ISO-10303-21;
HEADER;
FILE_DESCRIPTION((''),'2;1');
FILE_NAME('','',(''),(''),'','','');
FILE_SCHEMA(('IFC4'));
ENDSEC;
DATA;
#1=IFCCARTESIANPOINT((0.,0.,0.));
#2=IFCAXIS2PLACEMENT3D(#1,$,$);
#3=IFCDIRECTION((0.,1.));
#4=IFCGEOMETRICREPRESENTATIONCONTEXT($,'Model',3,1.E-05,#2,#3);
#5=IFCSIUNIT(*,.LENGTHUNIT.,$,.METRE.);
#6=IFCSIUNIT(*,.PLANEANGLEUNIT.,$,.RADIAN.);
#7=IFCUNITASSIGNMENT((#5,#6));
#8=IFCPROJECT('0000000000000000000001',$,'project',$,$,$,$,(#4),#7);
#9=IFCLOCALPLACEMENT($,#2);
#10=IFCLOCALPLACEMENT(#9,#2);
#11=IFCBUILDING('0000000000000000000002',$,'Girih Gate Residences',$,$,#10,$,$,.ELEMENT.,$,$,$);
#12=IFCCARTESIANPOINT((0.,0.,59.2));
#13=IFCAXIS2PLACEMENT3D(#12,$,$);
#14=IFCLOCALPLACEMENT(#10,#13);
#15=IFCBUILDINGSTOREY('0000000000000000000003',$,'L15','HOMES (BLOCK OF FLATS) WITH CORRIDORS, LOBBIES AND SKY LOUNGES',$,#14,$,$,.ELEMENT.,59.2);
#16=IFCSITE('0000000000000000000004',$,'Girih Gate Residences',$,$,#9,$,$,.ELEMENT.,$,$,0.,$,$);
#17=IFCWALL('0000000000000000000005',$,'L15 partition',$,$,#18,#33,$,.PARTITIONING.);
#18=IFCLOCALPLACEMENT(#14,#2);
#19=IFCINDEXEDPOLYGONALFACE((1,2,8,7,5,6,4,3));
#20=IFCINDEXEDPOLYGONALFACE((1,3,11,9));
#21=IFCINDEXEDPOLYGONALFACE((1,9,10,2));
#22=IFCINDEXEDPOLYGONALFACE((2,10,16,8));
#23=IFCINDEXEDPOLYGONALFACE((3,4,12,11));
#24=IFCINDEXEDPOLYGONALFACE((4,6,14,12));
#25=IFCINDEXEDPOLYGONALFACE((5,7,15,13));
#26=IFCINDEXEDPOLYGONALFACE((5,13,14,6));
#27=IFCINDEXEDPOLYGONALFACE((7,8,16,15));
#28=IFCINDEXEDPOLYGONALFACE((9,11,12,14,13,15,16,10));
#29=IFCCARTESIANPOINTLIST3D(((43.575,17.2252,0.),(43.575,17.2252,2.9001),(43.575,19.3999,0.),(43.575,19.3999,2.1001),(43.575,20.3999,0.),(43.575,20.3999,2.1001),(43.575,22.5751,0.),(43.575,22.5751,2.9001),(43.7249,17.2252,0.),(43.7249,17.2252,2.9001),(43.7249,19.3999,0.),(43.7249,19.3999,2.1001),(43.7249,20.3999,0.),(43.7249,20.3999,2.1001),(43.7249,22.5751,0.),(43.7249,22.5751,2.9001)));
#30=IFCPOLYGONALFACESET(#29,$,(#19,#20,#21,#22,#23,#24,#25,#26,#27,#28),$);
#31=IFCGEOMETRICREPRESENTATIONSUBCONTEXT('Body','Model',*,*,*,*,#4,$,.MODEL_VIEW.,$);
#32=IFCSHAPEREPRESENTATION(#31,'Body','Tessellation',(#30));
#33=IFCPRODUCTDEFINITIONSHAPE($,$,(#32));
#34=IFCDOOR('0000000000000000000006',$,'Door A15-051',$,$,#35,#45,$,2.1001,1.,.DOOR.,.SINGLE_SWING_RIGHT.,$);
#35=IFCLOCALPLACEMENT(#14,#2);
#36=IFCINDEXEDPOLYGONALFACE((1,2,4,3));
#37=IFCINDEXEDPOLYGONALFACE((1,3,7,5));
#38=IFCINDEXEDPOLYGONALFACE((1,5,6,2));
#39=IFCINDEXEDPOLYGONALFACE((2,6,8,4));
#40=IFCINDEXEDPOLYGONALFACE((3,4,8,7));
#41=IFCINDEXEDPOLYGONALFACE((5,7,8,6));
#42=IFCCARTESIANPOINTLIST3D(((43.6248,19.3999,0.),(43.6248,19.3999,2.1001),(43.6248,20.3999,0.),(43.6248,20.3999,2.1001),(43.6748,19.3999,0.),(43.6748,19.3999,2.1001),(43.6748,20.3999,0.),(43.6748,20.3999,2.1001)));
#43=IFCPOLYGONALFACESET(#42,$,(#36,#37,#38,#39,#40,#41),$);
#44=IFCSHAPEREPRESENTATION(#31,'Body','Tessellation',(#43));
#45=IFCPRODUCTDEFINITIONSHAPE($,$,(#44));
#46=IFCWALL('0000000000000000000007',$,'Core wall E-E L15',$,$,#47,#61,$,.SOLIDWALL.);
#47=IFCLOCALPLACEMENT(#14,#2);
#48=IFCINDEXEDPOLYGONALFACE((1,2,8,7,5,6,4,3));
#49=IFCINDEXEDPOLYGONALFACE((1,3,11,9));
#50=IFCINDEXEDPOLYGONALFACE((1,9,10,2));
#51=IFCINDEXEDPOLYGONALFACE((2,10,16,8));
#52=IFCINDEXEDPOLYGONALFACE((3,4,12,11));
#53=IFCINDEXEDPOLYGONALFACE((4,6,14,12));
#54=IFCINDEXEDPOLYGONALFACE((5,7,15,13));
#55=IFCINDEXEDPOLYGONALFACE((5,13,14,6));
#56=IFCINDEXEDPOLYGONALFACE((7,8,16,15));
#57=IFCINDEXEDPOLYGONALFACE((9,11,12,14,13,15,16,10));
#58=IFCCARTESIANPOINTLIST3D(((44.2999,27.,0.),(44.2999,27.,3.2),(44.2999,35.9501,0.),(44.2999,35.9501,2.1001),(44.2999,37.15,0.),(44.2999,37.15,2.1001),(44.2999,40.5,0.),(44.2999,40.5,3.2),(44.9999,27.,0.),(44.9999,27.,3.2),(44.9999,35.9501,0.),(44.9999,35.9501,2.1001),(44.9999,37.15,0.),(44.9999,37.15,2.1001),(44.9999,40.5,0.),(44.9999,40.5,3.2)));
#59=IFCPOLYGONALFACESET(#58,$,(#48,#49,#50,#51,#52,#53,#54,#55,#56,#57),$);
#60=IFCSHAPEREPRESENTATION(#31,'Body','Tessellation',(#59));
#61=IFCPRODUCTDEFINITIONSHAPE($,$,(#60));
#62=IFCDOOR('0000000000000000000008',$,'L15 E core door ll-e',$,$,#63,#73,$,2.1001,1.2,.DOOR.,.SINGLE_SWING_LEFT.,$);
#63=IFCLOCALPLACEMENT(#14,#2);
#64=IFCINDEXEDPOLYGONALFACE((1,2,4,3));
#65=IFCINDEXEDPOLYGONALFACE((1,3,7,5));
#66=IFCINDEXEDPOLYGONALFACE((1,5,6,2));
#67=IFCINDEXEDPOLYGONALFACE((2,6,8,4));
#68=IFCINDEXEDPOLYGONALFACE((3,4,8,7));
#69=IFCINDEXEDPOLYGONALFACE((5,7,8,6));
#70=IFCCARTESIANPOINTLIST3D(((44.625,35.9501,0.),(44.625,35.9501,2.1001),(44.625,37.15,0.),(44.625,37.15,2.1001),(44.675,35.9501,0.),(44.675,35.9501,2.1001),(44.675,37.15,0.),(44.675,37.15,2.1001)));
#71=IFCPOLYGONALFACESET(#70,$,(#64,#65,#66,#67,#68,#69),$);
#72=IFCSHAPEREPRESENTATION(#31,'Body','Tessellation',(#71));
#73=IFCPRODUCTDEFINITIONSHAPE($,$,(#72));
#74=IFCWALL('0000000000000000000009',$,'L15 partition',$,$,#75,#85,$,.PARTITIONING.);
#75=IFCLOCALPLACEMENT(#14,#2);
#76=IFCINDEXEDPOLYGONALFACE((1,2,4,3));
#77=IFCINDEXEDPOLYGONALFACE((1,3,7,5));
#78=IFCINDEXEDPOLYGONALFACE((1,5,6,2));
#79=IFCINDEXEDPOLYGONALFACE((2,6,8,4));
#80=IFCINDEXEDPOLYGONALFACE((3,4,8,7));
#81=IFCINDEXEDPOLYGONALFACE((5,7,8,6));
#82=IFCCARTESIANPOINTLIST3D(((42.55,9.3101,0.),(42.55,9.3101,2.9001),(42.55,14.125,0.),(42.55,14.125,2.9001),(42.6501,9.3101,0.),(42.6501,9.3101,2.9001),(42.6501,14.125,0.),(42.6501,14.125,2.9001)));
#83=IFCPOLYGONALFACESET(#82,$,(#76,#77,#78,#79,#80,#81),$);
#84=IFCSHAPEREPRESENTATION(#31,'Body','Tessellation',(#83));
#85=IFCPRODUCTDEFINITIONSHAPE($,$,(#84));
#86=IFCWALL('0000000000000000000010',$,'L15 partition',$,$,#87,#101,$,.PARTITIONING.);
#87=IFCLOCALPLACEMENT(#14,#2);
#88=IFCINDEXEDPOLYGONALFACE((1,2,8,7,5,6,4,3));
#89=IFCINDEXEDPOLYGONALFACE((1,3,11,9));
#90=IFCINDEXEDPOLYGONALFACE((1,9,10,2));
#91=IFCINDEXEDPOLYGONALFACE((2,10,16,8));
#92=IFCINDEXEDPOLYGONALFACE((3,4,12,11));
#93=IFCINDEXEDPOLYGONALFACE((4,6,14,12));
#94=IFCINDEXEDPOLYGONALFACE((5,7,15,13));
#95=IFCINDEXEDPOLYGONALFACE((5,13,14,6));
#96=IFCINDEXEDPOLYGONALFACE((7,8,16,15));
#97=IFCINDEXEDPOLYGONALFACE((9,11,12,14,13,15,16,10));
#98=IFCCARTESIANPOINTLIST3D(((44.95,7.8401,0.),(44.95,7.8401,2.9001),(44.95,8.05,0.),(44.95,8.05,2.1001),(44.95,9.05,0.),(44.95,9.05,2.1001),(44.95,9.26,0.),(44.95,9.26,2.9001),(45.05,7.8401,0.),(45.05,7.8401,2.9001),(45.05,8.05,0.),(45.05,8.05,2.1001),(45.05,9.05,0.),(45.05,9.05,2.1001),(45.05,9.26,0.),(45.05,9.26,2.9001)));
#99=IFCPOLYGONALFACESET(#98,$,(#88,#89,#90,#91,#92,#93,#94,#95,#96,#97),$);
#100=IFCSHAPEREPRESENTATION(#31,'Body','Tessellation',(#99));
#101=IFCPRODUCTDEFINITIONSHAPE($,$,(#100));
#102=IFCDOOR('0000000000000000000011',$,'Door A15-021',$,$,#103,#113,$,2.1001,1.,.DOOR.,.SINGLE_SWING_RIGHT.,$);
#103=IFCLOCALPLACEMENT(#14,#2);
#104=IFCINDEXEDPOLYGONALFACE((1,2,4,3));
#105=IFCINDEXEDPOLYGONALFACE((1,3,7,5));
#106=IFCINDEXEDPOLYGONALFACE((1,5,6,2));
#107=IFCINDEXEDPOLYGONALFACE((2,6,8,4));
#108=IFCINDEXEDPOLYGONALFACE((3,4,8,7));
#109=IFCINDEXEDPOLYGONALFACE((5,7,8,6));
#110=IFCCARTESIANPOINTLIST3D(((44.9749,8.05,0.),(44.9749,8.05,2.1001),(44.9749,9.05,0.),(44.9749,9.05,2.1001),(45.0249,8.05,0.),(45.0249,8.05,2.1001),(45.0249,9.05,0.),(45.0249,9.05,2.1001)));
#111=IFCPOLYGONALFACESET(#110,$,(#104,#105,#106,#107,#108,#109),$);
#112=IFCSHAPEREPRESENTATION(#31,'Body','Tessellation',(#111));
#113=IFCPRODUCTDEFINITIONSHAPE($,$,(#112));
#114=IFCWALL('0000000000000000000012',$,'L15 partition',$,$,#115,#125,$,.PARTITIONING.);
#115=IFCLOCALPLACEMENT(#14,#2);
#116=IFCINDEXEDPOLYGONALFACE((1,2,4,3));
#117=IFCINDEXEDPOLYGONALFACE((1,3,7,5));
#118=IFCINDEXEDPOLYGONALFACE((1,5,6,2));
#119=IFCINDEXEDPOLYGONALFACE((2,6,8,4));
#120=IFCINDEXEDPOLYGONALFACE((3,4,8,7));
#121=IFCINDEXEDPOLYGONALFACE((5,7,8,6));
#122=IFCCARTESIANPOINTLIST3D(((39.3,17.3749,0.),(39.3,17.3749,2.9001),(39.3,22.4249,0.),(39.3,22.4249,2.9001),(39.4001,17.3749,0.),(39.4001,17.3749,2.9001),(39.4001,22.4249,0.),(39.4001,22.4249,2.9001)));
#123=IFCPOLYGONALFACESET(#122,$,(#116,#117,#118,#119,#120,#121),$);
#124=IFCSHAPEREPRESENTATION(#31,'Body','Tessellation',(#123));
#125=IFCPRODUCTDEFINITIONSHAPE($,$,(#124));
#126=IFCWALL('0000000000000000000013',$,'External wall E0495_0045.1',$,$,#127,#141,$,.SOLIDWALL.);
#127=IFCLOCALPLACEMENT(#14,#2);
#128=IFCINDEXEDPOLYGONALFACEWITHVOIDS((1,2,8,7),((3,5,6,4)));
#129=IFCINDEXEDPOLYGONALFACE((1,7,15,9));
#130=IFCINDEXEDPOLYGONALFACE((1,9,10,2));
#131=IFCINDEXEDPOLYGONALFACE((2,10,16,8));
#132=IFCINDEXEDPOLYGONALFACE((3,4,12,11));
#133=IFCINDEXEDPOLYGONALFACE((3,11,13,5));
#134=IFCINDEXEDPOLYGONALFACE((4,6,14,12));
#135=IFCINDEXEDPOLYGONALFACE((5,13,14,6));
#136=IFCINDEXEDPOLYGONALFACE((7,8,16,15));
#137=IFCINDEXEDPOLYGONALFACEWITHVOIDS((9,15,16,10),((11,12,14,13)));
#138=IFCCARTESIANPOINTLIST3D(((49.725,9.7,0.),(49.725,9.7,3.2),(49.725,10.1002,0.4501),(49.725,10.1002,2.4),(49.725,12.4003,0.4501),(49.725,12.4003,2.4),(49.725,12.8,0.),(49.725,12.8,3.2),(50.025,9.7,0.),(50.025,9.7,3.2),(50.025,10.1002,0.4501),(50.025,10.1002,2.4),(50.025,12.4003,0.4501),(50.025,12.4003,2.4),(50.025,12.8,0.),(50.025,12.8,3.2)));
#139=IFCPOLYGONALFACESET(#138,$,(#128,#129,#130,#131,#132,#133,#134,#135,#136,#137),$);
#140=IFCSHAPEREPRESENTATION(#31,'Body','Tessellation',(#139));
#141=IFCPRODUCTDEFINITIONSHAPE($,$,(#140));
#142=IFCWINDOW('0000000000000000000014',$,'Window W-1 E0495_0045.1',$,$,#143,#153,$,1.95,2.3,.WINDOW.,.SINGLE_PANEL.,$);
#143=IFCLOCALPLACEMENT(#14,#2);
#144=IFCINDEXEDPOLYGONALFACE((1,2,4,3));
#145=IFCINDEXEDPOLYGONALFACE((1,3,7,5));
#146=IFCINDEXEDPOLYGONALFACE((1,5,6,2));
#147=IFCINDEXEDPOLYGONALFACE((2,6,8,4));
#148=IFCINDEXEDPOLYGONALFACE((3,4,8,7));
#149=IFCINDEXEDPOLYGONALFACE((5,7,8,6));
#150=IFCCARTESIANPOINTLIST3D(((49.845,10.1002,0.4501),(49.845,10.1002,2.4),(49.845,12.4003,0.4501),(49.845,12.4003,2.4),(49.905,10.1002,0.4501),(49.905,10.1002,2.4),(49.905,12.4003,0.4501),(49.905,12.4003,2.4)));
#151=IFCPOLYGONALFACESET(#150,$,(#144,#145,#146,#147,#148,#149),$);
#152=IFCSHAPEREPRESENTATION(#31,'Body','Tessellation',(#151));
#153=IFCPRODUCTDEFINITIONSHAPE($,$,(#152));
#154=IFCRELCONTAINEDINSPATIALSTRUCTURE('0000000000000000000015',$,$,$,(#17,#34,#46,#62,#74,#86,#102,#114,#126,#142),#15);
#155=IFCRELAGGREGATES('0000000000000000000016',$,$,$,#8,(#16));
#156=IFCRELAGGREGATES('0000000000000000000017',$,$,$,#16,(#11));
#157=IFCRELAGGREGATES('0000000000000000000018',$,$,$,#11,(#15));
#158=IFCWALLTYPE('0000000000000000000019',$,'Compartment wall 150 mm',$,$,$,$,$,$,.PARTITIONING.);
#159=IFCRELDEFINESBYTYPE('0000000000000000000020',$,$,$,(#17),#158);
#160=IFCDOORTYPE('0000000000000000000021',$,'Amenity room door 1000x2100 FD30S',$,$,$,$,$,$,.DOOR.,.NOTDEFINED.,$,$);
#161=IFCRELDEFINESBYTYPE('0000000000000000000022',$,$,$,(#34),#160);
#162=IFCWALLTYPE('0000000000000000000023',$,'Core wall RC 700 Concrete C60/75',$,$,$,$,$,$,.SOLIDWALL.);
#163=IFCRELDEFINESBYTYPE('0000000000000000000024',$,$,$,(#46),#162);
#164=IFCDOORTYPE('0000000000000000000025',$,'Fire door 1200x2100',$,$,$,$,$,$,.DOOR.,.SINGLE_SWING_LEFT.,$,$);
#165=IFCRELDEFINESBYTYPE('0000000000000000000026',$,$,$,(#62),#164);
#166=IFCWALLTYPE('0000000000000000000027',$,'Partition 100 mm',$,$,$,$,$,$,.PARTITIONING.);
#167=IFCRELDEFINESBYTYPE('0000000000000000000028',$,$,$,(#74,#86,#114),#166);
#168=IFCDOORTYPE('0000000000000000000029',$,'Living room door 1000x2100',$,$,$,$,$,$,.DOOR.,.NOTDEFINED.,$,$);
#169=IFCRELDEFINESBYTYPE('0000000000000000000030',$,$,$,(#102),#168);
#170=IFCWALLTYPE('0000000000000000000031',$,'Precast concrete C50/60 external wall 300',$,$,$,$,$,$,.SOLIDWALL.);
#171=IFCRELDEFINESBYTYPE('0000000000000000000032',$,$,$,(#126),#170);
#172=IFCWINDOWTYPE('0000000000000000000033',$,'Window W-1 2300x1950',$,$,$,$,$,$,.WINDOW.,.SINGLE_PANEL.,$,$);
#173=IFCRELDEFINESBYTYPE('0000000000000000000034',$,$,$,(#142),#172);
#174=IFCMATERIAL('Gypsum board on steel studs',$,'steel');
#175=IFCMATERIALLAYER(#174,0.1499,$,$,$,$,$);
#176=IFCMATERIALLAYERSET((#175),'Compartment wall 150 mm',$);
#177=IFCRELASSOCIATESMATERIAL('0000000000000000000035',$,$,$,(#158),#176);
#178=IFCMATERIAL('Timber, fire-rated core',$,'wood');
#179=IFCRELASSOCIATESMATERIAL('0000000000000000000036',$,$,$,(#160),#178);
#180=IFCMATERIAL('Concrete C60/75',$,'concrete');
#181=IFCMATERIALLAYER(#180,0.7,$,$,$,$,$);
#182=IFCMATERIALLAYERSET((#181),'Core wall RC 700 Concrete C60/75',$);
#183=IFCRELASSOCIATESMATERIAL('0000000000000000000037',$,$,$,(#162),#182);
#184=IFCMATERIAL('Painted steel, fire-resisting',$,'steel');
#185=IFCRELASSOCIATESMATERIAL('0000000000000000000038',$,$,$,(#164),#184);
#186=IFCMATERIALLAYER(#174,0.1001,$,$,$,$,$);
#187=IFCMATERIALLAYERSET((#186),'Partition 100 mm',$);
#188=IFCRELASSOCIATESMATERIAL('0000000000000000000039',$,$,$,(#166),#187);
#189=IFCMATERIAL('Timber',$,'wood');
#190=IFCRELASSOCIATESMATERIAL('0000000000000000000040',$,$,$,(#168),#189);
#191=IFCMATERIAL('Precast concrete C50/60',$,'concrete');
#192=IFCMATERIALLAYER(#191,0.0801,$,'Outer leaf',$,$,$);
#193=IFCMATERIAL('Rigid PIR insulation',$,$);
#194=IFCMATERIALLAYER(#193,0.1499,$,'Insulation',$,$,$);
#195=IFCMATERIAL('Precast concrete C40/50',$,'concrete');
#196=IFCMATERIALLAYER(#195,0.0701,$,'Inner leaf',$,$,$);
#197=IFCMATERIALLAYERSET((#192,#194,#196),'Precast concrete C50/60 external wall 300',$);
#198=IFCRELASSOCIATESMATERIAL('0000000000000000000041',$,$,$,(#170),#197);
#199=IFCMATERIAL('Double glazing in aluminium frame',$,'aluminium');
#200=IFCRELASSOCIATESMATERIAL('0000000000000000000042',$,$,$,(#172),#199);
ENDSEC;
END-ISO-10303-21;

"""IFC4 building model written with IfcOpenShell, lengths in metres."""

from ifc_helpers import new_model, si_unit, direction, frame, frame_2d, origin, place, context, subcontext, project, spatial, rectangle, extrude, material, layer, layer_set, type_object, element, fill, save


model = new_model("IFC4")

# Units and contexts
model_context = context("Model", 3, precision=1e-05, world=origin(), true_north=direction((0.0, 1.0)))
body_context = subcontext(model_context, "Body", "Model", "MODEL_VIEW")
ifc_project = project(units=[si_unit("LENGTHUNIT", "METRE"), si_unit("PLANEANGLEUNIT", "RADIAN")], contexts=[model_context])

# Site, building, storey
site_placement = place(None, origin())
site = spatial("IfcSite", under=ifc_project, at=site_placement, Name="Girih Gate Residences", CompositionType="ELEMENT", RefElevation=0.0)
building_placement = place(site_placement, origin())
building = spatial("IfcBuilding", under=site, at=building_placement, Name="Girih Gate Residences", CompositionType="ELEMENT")
storey_placement = place(building_placement, frame((0.0, 0.0, 59.2)))
storey = spatial("IfcBuildingStorey", under=building, at=storey_placement, Name="L15", Description="HOMES (BLOCK OF FLATS) WITH CORRIDORS, LOBBIES AND SKY LOUNGES", CompositionType="ELEMENT", Elevation=59.2)

# Shared definitions
ifc_material_1 = material(Name="Concrete C60/75", Category="concrete")

# Shared definitions
ifc_material_2 = material(Name="Gypsum board on steel studs", Category="steel")
ifc_layer_1 = layer(ifc_material_2, 0.1499)
ifc_layer_set_1 = layer_set([ifc_layer_1], Name="Compartment wall 150 mm")
wall_type_1 = type_object("IfcWallType", Name="Compartment wall 150 mm", PredefinedType="PARTITIONING", material=ifc_layer_set_1)
ifc_material_3 = material(Name="Timber, fire-rated core", Category="wood")

# Walls, openings, doors
wall_1_placement = place(storey_placement, frame((43.6499, 22.575, 0.0), z_axis=(0.0, 0.0, 1.0), x_axis=(0.0, -1.0, 0.0)))
wall_1 = element("IfcWall", 1, at=wall_1_placement, inside=storey, type_object=wall_type_1, Name="L15 partition", PredefinedType="PARTITIONING", context=body_context, shape_type="SweptSolid", body=[
    extrude(rectangle(XDim=5.3499, YDim=0.1499, at=frame_2d((2.6748, 0.0))), origin(), (0.0, 0.0, 1.0), 2.9001),
])
opening_1_placement = place(wall_1_placement, frame((2.175, 0.0, 0.0)))
opening_1 = element("IfcOpeningElement", 2, at=opening_1_placement, cuts=wall_1, PredefinedType="OPENING", context=body_context, shape_type="SweptSolid", body=[
    extrude(rectangle(XDim=1.0, YDim=2.1001, at=frame_2d((0.5, 1.05))), frame((0.0, 0.085, 0.0), z_axis=(0.0, -1.0, 0.0), x_axis=(1.0, 0.0, 0.0)), (0.0, 0.0, 1.0), 0.1699),
])
door_type_1 = type_object("IfcDoorType", Name="Amenity room door 1000x2100 FD30S", OperationType="NOTDEFINED", PredefinedType="DOOR", material=ifc_material_3)
door_1_placement = place(opening_1_placement, origin())
door_1 = element("IfcDoor", 3, at=door_1_placement, inside=storey, type_object=door_type_1, Name="Door A15-051", OperationType="SINGLE_SWING_RIGHT", OverallHeight=2.1001, OverallWidth=1.0, PredefinedType="DOOR", context=body_context, shape_type="SweptSolid", body=[
    extrude(rectangle(XDim=1.0, YDim=2.1001, at=frame_2d((0.5, 1.05))), frame((0.0, 0.0249, 0.0), z_axis=(0.0, -1.0, 0.0), x_axis=(1.0, 0.0, 0.0)), (0.0, 0.0, 1.0), 0.05),
])
fill(opening_1, door_1)
ifc_layer_2 = layer(ifc_material_1, 0.7)
ifc_layer_set_2 = layer_set([ifc_layer_2], Name="Core wall RC 700 Concrete C60/75")
wall_type_2 = type_object("IfcWallType", Name="Core wall RC 700 Concrete C60/75", PredefinedType="SOLIDWALL", material=ifc_layer_set_2)
wall_2_placement = place(storey_placement, frame((44.6499, 27.0, 0.0), z_axis=(0.0, 0.0, 1.0), x_axis=(0.0, 1.0, 0.0)))
wall_2 = element("IfcWall", 4, at=wall_2_placement, inside=storey, type_object=wall_type_2, Name="Core wall E-E L15", PredefinedType="SOLIDWALL", context=body_context, shape_type="SweptSolid", body=[
    extrude(rectangle(XDim=13.5, YDim=0.7, at=frame_2d((6.75, 0.0))), origin(), (0.0, 0.0, 1.0), 3.2),
])
opening_2_placement = place(wall_2_placement, frame((8.95, 0.0, 0.0)))
opening_2 = element("IfcOpeningElement", 5, at=opening_2_placement, cuts=wall_2, PredefinedType="OPENING", context=body_context, shape_type="SweptSolid", body=[
    extrude(rectangle(XDim=1.2, YDim=2.1001, at=frame_2d((0.6001, 1.05))), frame((0.0, 0.3599, 0.0), z_axis=(0.0, -1.0, 0.0), x_axis=(1.0, 0.0, 0.0)), (0.0, 0.0, 1.0), 0.72),
])
ifc_material_4 = material(Name="Painted steel, fire-resisting", Category="steel")
door_type_2 = type_object("IfcDoorType", Name="Fire door 1200x2100", OperationType="SINGLE_SWING_LEFT", PredefinedType="DOOR", material=ifc_material_4)
door_2_placement = place(opening_2_placement, origin())
door_2 = element("IfcDoor", 6, at=door_2_placement, inside=storey, type_object=door_type_2, Name="L15 E core door ll-e", OperationType="SINGLE_SWING_LEFT", OverallHeight=2.1001, OverallWidth=1.2, PredefinedType="DOOR", context=body_context, shape_type="SweptSolid", body=[
    extrude(rectangle(XDim=1.2, YDim=2.1001, at=frame_2d((0.6001, 1.05))), frame((0.0, 0.0249, 0.0), z_axis=(0.0, -1.0, 0.0), x_axis=(1.0, 0.0, 0.0)), (0.0, 0.0, 1.0), 0.05),
])
fill(opening_2, door_2)

# Wall
ifc_layer_3 = layer(ifc_material_2, 0.1001)
ifc_layer_set_3 = layer_set([ifc_layer_3], Name="Partition 100 mm")
wall_type_3 = type_object("IfcWallType", Name="Partition 100 mm", PredefinedType="PARTITIONING", material=ifc_layer_set_3)
wall_3_placement = place(storey_placement, frame((42.6001, 9.3101, 0.0), z_axis=(0.0, 0.0, 1.0), x_axis=(0.0, 1.0, 0.0)))
element("IfcWall", 7, at=wall_3_placement, inside=storey, type_object=wall_type_3, Name="L15 partition", PredefinedType="PARTITIONING", context=body_context, shape_type="SweptSolid", body=[
    extrude(rectangle(XDim=4.8149, YDim=0.1001, at=frame_2d((2.4075, 0.0))), origin(), (0.0, 0.0, 1.0), 2.9001),
])

# Wall, opening, door
wall_4_placement = place(storey_placement, frame((45.0, 9.26, 0.0), z_axis=(0.0, 0.0, 1.0), x_axis=(0.0, -1.0, 0.0)))
wall_4 = element("IfcWall", 8, at=wall_4_placement, inside=storey, type_object=wall_type_3, Name="L15 partition", PredefinedType="PARTITIONING", context=body_context, shape_type="SweptSolid", body=[
    extrude(rectangle(XDim=1.4199, YDim=0.1001, at=frame_2d((0.71, 0.0))), origin(), (0.0, 0.0, 1.0), 2.9001),
])
opening_3_placement = place(wall_4_placement, frame((0.21, 0.0, 0.0)))
opening_3 = element("IfcOpeningElement", 9, at=opening_3_placement, cuts=wall_4, PredefinedType="OPENING", context=body_context, shape_type="SweptSolid", body=[
    extrude(rectangle(XDim=1.0, YDim=2.1001, at=frame_2d((0.5, 1.05))), frame((0.0, 0.0601, 0.0), z_axis=(0.0, -1.0, 0.0), x_axis=(1.0, 0.0, 0.0)), (0.0, 0.0, 1.0), 0.1201),
])
ifc_material_5 = material(Name="Timber", Category="wood")
door_type_3 = type_object("IfcDoorType", Name="Living room door 1000x2100", OperationType="NOTDEFINED", PredefinedType="DOOR", material=ifc_material_5)
door_3_placement = place(opening_3_placement, origin())
door_3 = element("IfcDoor", 10, at=door_3_placement, inside=storey, type_object=door_type_3, Name="Door A15-021", OperationType="SINGLE_SWING_RIGHT", OverallHeight=2.1001, OverallWidth=1.0, PredefinedType="DOOR", context=body_context, shape_type="SweptSolid", body=[
    extrude(rectangle(XDim=1.0, YDim=2.1001, at=frame_2d((0.5, 1.05))), frame((0.0, 0.0249, 0.0), z_axis=(0.0, -1.0, 0.0), x_axis=(1.0, 0.0, 0.0)), (0.0, 0.0, 1.0), 0.05),
])
fill(opening_3, door_3)

# Wall
wall_5_placement = place(storey_placement, frame((39.3501, 17.375, 0.0), z_axis=(0.0, 0.0, 1.0), x_axis=(0.0, 1.0, 0.0)))
element("IfcWall", 11, at=wall_5_placement, inside=storey, type_object=wall_type_3, Name="L15 partition", PredefinedType="PARTITIONING", context=body_context, shape_type="SweptSolid", body=[
    extrude(rectangle(XDim=5.05, YDim=0.1001, at=frame_2d((2.5249, 0.0))), origin(), (0.0, 0.0, 1.0), 2.9001),
])

# Wall, opening, window
ifc_material_6 = material(Name="Precast concrete C50/60", Category="concrete")
ifc_layer_4 = layer(ifc_material_6, 0.0801, Name="Outer leaf")
ifc_material_7 = material(Name="Rigid PIR insulation")
ifc_layer_5 = layer(ifc_material_7, 0.1499, Name="Insulation")
ifc_material_8 = material(Name="Precast concrete C40/50", Category="concrete")
ifc_layer_6 = layer(ifc_material_8, 0.0701, Name="Inner leaf")
ifc_layer_set_4 = layer_set([ifc_layer_4, ifc_layer_5, ifc_layer_6], Name="Precast concrete C50/60 external wall 300")
wall_type_4 = type_object("IfcWallType", Name="Precast concrete C50/60 external wall 300", PredefinedType="SOLIDWALL", material=ifc_layer_set_4)
wall_6_placement = place(storey_placement, frame((49.875, 12.8, 0.0), z_axis=(0.0, 0.0, 1.0), x_axis=(0.0, -1.0, 0.0)))
wall_6 = element("IfcWall", 12, at=wall_6_placement, inside=storey, type_object=wall_type_4, Name="External wall E0495_0045.1", PredefinedType="SOLIDWALL", context=body_context, shape_type="SweptSolid", body=[
    extrude(rectangle(XDim=3.1001, YDim=0.3, at=frame_2d((1.55, 0.0))), origin(), (0.0, 0.0, 1.0), 3.2),
])
opening_4_placement = place(wall_6_placement, frame((0.3999, 0.0, 0.45)))
opening_4 = element("IfcOpeningElement", 13, at=opening_4_placement, cuts=wall_6, PredefinedType="OPENING", context=body_context, shape_type="SweptSolid", body=[
    extrude(rectangle(XDim=2.3, YDim=1.95, at=frame_2d((1.1499, 0.9751))), frame((0.0, 0.1599, 0.0), z_axis=(0.0, -1.0, 0.0), x_axis=(1.0, 0.0, 0.0)), (0.0, 0.0, 1.0), 0.3201),
])
ifc_material_9 = material(Name="Double glazing in aluminium frame", Category="aluminium")
window_type = type_object("IfcWindowType", Name="Window W-1 2300x1950", PartitioningType="SINGLE_PANEL", PredefinedType="WINDOW", material=ifc_material_9)
window_1_placement = place(opening_4_placement, origin())
window_1 = element("IfcWindow", 14, at=window_1_placement, inside=storey, type_object=window_type, Name="Window W-1 E0495_0045.1", OverallHeight=1.95, OverallWidth=2.3, PartitioningType="SINGLE_PANEL", PredefinedType="WINDOW", context=body_context, shape_type="SweptSolid", body=[
    extrude(rectangle(XDim=2.3, YDim=1.95, at=frame_2d((1.1499, 0.9751))), frame((0.0, 0.03, 0.0), z_axis=(0.0, -1.0, 0.0), x_axis=(1.0, 0.0, 0.0)), (0.0, 0.0, 1.0), 0.0601),
])
fill(opening_4, window_1)

save(model, "model.ifc")
